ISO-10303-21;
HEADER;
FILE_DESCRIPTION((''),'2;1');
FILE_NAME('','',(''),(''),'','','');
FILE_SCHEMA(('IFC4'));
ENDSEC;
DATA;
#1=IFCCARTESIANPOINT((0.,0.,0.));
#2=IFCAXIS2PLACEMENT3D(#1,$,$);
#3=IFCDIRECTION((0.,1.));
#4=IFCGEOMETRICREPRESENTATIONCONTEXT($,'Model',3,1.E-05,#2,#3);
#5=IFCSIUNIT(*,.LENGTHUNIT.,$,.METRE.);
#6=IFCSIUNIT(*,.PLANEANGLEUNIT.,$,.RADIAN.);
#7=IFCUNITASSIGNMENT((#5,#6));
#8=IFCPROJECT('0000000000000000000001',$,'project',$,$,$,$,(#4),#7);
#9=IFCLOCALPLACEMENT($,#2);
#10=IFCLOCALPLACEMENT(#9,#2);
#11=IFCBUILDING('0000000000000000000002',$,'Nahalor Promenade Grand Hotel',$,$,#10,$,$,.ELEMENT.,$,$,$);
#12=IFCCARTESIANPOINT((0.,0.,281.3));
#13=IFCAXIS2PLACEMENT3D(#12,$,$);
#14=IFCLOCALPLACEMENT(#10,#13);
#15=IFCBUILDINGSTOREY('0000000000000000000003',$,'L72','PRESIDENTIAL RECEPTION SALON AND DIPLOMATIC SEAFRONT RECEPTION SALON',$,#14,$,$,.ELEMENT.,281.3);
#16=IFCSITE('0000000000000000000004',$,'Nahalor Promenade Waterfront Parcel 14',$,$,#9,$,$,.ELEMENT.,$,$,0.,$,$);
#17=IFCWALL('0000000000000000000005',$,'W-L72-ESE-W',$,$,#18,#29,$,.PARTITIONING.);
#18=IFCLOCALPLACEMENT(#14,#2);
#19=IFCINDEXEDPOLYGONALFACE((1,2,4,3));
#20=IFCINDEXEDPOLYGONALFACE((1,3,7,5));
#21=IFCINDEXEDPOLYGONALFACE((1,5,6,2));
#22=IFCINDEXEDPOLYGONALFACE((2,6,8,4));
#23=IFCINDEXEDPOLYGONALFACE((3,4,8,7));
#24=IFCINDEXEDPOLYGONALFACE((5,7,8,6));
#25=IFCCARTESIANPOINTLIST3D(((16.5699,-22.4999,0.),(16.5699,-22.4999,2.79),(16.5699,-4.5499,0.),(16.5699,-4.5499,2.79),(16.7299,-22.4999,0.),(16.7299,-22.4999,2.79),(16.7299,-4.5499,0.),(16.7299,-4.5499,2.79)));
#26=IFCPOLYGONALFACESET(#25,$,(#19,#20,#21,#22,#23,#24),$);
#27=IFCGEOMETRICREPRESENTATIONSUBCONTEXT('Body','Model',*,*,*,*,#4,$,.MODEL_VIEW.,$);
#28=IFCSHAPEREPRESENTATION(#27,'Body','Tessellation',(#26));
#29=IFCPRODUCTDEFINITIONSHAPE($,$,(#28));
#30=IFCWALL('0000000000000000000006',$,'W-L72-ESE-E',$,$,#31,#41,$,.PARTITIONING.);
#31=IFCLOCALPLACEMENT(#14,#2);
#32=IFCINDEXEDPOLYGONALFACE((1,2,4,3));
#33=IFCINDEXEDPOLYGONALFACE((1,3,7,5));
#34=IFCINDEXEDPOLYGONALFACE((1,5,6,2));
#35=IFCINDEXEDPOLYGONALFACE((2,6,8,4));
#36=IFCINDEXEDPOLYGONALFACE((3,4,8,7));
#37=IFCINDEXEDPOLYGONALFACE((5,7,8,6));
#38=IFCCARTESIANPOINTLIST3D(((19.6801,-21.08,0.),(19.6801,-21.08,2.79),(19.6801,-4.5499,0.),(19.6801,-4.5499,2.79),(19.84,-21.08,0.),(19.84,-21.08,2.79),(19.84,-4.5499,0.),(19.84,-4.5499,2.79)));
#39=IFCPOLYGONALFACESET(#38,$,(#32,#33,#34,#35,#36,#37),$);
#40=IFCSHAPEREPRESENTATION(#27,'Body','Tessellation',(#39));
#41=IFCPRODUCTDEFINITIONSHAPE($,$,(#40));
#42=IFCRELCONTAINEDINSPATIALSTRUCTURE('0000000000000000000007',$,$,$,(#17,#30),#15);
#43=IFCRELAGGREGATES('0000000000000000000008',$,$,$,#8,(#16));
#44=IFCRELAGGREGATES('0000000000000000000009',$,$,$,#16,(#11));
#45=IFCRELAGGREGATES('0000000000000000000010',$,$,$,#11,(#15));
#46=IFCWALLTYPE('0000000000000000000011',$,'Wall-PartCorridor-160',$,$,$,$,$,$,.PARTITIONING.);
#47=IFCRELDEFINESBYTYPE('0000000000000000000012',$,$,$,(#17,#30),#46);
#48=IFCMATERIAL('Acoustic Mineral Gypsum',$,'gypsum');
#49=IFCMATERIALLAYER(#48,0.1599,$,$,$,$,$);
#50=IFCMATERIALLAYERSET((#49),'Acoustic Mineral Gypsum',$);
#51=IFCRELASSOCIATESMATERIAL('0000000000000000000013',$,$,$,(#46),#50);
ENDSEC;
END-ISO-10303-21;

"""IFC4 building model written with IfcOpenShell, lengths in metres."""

from ifc_helpers import new_model, si_unit, direction, frame, frame_2d, origin, place, context, subcontext, project, spatial, rectangle, extrude, source, transform, mapped, material, layer, layer_set, type_object, element, save


model = new_model("IFC4")

# Units and contexts
model_context = context("Model", 3, precision=1e-05, world=origin(), true_north=direction((0.0, 1.0)))
body_context = subcontext(model_context, "Body", "Model", "MODEL_VIEW")
ifc_project = project(units=[si_unit("LENGTHUNIT", "METRE"), si_unit("PLANEANGLEUNIT", "RADIAN")], contexts=[model_context])

# Site, building, storey
site_placement = place(None, origin())
site = spatial("IfcSite", under=ifc_project, at=site_placement, Name="Nahalor Promenade Waterfront Parcel 14", CompositionType="ELEMENT", RefElevation=0.0)
building_placement = place(site_placement, origin())
building = spatial("IfcBuilding", under=site, at=building_placement, Name="Nahalor Promenade Grand Hotel", CompositionType="ELEMENT")
storey_placement = place(building_placement, frame((0.0, 0.0, 281.3)))
storey = spatial("IfcBuildingStorey", under=building, at=storey_placement, Name="L72", Description="PRESIDENTIAL RECEPTION SALON AND DIPLOMATIC SEAFRONT RECEPTION SALON", CompositionType="ELEMENT", Elevation=281.3)

# Walls
ifc_material_1 = material(Name="Acoustic Mineral Gypsum", Category="gypsum")
ifc_layer_1 = layer(ifc_material_1, 0.1599)
ifc_layer_set_1 = layer_set([ifc_layer_1], Name="Acoustic Mineral Gypsum")
wall_type_1 = type_object("IfcWallType", Name="Wall-PartCorridor-160", PredefinedType="PARTITIONING", material=ifc_layer_set_1)
shared_shape_1 = source(origin(), body_context, "Body", "SweptSolid", [
    extrude(rectangle(XDim=17.95, YDim=0.1599, at=frame_2d((8.9751, 0.0))), origin(), (0.0, 0.0, 1.0), 2.79),
])
wall_1_placement = place(storey_placement, frame((16.6499, -22.5, 0.0), z_axis=(0.0, 0.0, 1.0), x_axis=(0.0, 1.0, 0.0)))
element("IfcWall", 1, at=wall_1_placement, inside=storey, type_object=wall_type_1, Name="W-L72-ESE-W", PredefinedType="PARTITIONING", context=body_context, shape_type="MappedRepresentation", body=[
    mapped(shared_shape_1, transform((0.0, 0.0, 0.0), scale=1.0)),
])
shared_shape_2 = source(origin(), body_context, "Body", "SweptSolid", [
    extrude(rectangle(XDim=16.53, YDim=0.1599, at=frame_2d((8.2651, 0.0))), origin(), (0.0, 0.0, 1.0), 2.79),
])
wall_2_placement = place(storey_placement, frame((19.76, -21.0801, 0.0), z_axis=(0.0, 0.0, 1.0), x_axis=(0.0, 1.0, 0.0)))
element("IfcWall", 2, at=wall_2_placement, inside=storey, type_object=wall_type_1, Name="W-L72-ESE-E", PredefinedType="PARTITIONING", context=body_context, shape_type="MappedRepresentation", body=[
    mapped(shared_shape_2, transform((0.0, 0.0, 0.0), scale=1.0)),
])

save(model, "model.ifc")
